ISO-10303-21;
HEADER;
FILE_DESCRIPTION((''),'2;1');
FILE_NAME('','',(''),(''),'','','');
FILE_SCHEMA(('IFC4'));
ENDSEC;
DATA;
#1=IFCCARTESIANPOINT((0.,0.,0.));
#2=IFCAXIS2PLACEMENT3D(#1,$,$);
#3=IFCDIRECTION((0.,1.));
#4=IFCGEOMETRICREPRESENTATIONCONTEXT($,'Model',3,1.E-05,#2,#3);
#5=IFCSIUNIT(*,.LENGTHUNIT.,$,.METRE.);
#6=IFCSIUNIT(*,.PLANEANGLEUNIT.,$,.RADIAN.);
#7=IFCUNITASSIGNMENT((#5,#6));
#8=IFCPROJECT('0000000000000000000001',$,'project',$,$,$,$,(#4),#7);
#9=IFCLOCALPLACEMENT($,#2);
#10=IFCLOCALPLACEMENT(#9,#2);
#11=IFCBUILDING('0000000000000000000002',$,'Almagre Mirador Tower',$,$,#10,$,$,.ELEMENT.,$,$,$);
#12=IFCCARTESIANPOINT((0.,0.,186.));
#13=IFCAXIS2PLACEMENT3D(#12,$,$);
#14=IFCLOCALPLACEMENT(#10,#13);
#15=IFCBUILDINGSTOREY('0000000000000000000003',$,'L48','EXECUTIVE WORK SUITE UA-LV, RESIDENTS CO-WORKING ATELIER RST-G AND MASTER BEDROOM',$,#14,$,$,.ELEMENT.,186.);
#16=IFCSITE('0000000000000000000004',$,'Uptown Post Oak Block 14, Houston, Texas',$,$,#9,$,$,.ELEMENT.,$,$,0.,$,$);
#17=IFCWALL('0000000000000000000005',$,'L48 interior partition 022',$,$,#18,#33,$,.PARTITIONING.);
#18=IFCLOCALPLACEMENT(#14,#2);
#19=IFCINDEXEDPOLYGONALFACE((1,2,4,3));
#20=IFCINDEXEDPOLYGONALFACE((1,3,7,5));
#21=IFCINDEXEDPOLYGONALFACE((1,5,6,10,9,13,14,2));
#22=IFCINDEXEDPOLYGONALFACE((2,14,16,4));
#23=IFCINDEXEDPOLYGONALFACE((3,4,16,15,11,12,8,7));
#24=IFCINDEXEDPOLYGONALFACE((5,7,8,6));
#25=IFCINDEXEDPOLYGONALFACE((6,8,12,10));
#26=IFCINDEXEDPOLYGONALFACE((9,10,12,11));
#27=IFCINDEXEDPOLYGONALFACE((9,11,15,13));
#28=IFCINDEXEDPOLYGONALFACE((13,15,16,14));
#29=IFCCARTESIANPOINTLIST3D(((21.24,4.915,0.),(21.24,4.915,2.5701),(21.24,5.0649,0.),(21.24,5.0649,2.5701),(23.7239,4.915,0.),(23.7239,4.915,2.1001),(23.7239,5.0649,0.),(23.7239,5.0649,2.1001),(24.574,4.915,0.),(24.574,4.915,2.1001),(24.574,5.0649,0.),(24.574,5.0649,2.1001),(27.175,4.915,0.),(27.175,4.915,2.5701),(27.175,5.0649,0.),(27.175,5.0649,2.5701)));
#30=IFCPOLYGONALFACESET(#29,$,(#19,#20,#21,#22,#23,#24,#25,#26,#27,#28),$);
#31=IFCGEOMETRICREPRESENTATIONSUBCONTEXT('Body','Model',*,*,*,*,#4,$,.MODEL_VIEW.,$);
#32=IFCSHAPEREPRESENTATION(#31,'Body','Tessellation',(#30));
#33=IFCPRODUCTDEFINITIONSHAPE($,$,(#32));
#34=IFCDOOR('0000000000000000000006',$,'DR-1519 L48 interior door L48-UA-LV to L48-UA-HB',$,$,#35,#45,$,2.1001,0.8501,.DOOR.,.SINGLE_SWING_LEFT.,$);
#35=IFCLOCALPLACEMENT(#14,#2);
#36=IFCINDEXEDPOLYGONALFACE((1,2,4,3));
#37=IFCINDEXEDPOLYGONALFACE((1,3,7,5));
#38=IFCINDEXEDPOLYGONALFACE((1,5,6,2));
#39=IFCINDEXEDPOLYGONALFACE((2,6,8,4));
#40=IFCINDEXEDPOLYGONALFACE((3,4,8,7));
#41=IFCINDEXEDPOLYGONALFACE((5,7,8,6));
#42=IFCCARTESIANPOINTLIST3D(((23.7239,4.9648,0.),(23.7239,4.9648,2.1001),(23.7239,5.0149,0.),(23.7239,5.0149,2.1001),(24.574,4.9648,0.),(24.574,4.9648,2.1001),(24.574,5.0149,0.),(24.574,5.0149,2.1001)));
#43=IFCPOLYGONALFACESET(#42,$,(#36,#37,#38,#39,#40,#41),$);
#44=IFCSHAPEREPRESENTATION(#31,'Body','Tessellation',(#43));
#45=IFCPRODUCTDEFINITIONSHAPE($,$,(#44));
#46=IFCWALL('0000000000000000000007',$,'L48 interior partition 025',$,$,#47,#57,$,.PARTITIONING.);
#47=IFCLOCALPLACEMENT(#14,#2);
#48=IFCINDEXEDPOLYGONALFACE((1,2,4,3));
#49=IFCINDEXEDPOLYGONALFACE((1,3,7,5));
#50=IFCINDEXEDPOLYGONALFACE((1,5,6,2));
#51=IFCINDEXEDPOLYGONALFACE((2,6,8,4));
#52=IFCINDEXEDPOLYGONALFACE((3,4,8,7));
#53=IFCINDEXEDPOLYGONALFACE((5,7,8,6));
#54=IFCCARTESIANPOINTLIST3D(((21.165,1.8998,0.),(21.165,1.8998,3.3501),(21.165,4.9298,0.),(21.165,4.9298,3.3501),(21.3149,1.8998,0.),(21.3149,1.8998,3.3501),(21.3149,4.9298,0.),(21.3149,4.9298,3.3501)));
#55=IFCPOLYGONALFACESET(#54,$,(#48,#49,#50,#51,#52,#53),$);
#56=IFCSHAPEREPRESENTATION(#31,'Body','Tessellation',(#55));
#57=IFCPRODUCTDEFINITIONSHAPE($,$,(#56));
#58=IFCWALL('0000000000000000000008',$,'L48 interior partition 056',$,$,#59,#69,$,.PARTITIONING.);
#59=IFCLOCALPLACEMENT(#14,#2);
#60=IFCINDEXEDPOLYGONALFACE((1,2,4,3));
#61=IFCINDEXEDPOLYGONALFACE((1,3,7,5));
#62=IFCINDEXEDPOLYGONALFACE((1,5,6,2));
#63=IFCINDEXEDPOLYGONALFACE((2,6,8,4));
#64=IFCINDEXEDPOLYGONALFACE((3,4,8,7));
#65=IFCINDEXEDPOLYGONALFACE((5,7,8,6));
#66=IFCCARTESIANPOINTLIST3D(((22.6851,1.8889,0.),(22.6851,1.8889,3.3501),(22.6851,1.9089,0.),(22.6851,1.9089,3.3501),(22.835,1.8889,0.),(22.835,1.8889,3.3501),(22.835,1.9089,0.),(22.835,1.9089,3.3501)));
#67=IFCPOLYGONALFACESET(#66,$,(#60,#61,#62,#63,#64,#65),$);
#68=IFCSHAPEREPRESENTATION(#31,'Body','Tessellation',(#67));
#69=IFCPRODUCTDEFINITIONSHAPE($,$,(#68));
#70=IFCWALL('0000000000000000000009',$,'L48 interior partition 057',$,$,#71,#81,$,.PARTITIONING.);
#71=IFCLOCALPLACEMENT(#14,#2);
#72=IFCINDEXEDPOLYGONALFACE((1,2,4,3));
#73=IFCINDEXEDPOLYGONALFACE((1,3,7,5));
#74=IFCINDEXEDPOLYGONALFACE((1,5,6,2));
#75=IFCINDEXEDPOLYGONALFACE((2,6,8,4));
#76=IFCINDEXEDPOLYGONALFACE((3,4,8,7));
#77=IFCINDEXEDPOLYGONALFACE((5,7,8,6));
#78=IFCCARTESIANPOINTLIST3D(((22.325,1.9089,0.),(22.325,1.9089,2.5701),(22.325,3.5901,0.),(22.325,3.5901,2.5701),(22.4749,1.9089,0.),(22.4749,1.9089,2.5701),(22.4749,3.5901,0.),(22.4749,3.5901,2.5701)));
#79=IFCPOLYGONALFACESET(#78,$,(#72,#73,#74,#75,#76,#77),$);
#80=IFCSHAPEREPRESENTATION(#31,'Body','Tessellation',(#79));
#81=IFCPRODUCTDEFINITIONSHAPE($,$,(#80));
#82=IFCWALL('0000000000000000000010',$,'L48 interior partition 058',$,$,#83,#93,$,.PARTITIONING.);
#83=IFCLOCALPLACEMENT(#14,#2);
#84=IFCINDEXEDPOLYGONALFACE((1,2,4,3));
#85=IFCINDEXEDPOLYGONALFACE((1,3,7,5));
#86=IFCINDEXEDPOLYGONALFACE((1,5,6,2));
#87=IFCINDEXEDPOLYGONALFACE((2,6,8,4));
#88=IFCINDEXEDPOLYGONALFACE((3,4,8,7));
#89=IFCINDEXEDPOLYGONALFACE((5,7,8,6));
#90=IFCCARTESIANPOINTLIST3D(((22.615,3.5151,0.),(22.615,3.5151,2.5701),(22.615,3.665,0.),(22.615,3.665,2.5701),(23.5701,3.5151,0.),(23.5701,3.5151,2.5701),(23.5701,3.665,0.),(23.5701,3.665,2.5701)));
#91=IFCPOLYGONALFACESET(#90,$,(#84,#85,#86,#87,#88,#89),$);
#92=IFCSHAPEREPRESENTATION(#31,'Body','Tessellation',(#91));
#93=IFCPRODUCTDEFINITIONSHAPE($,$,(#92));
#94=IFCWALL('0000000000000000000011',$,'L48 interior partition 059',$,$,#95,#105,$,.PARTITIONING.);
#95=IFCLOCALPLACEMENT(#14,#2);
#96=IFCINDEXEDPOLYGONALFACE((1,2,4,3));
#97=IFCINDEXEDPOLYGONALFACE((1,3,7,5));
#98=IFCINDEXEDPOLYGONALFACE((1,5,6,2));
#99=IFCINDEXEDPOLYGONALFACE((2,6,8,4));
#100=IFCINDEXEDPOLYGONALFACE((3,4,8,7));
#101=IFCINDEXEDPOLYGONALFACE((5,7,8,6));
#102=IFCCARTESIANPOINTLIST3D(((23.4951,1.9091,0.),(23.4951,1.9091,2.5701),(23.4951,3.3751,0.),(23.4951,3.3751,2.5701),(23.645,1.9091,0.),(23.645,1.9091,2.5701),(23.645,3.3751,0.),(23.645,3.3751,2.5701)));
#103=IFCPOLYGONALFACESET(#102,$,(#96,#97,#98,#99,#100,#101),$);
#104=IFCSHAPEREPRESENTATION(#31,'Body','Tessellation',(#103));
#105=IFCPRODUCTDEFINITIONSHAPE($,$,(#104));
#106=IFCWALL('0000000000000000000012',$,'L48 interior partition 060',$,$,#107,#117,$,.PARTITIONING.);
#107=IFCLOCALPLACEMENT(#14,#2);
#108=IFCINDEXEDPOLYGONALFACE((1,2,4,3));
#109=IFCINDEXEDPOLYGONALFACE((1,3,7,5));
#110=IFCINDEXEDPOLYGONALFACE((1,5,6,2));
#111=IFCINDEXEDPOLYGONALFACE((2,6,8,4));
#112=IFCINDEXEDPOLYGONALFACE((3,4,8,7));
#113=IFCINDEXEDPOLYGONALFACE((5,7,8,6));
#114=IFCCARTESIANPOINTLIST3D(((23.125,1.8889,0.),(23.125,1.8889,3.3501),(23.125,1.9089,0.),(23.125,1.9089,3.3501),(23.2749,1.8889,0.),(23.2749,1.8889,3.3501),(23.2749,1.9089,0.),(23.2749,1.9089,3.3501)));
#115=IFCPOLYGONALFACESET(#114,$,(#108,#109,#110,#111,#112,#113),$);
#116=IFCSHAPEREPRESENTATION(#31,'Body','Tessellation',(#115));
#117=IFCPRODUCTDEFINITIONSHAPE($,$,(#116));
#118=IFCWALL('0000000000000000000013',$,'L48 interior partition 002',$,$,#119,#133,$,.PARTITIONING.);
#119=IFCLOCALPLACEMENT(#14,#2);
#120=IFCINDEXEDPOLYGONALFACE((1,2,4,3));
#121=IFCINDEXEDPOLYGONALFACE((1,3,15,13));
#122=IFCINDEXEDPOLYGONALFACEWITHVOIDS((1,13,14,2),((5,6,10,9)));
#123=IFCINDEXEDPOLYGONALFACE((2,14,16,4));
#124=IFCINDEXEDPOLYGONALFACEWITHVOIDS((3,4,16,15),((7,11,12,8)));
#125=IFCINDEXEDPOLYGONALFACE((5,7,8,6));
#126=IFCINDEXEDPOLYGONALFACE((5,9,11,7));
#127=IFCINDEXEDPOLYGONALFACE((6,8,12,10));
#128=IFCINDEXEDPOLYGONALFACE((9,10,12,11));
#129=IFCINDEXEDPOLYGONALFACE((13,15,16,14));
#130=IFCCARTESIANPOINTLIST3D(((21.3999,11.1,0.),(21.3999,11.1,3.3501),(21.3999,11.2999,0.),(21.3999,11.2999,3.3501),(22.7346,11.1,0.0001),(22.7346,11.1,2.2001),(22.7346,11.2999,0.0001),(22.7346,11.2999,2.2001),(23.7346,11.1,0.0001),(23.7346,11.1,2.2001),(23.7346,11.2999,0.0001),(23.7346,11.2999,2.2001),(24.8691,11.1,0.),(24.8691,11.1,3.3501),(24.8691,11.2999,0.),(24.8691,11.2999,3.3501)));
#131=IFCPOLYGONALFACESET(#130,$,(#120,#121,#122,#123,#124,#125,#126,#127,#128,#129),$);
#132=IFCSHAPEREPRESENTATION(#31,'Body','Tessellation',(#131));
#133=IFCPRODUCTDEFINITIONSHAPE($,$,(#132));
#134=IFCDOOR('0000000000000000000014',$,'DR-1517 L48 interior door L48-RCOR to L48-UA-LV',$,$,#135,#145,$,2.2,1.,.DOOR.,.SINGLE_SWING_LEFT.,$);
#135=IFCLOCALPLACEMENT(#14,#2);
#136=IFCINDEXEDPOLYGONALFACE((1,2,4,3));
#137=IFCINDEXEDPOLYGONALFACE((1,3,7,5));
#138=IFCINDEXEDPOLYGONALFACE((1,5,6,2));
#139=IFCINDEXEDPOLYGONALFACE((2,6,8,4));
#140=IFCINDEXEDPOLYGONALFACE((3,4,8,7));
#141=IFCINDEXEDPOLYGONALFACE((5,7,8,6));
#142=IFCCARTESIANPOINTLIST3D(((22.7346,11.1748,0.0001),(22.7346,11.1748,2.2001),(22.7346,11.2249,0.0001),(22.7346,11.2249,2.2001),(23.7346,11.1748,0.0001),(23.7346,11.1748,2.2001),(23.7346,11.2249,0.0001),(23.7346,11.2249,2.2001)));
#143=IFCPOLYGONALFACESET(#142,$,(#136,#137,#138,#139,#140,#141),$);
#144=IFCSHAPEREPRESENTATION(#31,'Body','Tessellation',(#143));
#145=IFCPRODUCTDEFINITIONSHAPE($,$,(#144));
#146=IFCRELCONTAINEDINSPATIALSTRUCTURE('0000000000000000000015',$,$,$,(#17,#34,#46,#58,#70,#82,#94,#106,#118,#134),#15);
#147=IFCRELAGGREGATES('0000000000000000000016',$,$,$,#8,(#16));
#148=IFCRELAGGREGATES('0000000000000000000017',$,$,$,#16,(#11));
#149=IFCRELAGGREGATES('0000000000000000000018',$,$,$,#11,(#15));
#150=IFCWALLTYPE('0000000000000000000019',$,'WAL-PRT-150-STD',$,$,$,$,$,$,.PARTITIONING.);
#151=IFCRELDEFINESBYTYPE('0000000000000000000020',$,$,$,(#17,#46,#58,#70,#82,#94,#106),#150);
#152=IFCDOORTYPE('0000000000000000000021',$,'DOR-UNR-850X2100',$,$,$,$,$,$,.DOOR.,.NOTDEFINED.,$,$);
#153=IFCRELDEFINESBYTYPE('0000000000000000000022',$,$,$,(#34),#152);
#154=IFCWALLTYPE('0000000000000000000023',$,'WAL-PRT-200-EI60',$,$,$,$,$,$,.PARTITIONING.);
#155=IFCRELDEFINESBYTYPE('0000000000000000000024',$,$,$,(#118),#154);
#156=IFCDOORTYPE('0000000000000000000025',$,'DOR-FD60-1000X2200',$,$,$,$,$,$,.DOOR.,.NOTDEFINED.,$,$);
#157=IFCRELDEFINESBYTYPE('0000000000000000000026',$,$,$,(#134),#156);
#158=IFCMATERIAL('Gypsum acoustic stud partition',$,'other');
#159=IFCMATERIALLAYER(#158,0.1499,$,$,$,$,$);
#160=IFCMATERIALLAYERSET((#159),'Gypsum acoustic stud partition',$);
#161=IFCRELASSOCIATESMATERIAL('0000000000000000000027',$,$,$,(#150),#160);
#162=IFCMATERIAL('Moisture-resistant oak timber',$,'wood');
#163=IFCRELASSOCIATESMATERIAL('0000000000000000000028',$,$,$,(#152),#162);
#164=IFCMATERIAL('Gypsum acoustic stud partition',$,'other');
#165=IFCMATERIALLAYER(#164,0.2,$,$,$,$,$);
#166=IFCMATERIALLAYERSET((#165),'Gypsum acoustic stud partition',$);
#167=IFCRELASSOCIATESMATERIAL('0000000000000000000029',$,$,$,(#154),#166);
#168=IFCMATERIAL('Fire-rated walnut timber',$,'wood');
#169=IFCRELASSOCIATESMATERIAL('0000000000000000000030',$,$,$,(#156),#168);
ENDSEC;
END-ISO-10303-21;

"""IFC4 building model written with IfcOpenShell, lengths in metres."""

from ifc_helpers import new_model, si_unit, direction, frame, frame_2d, origin, place, context, subcontext, project, spatial, rectangle, extrude, material, layer, layer_set, type_object, element, fill, save


model = new_model("IFC4")

# Units and contexts
model_context = context("Model", 3, precision=1e-05, world=origin(), true_north=direction((0.0, 1.0)))
body_context = subcontext(model_context, "Body", "Model", "MODEL_VIEW")
ifc_project = project(units=[si_unit("LENGTHUNIT", "METRE"), si_unit("PLANEANGLEUNIT", "RADIAN")], contexts=[model_context])

# Site, building, storey
site_placement = place(None, origin())
site = spatial("IfcSite", under=ifc_project, at=site_placement, Name="Uptown Post Oak Block 14, Houston, Texas", CompositionType="ELEMENT", RefElevation=0.0)
building_placement = place(site_placement, origin())
building = spatial("IfcBuilding", under=site, at=building_placement, Name="Almagre Mirador Tower", CompositionType="ELEMENT")
storey_placement = place(building_placement, frame((0.0, 0.0, 186.0)))
storey = spatial("IfcBuildingStorey", under=building, at=storey_placement, Name="L48", Description="EXECUTIVE WORK SUITE UA-LV, RESIDENTS CO-WORKING ATELIER RST-G AND MASTER BEDROOM", CompositionType="ELEMENT", Elevation=186.0)

# Wall, opening, door
ifc_material_1 = material(Name="Gypsum acoustic stud partition", Category="other")
ifc_layer_1 = layer(ifc_material_1, 0.1499)
ifc_layer_set_1 = layer_set([ifc_layer_1], Name="Gypsum acoustic stud partition")
wall_type_1 = type_object("IfcWallType", Name="WAL-PRT-150-STD", PredefinedType="PARTITIONING", material=ifc_layer_set_1)
wall_1_placement = place(storey_placement, frame((21.24, 4.99, 0.0), z_axis=(0.0, 0.0, 1.0), x_axis=(1.0, 0.0, 0.0)))
wall_1 = element("IfcWall", 1, at=wall_1_placement, inside=storey, type_object=wall_type_1, Name="L48 interior partition 022", PredefinedType="PARTITIONING", context=body_context, shape_type="SweptSolid", body=[
    extrude(rectangle(XDim=5.9351, YDim=0.1499, at=frame_2d((2.9675, 0.0))), origin(), (0.0, 0.0, 1.0), 2.5701),
])
opening_1_placement = place(wall_1_placement, frame((2.4839, 0.0, 0.0)))
opening_1 = element("IfcOpeningElement", 2, at=opening_1_placement, cuts=wall_1, PredefinedType="OPENING", context=body_context, shape_type="SweptSolid", body=[
    extrude(rectangle(XDim=0.8501, YDim=2.1001, at=frame_2d((0.425, 1.05))), frame((0.0, 0.085, 0.0), z_axis=(0.0, -1.0, 0.0), x_axis=(1.0, 0.0, 0.0)), (0.0, 0.0, 1.0), 0.1699),
])
ifc_material_2 = material(Name="Moisture-resistant oak timber", Category="wood")
door_type_1 = type_object("IfcDoorType", Name="DOR-UNR-850X2100", OperationType="NOTDEFINED", PredefinedType="DOOR", material=ifc_material_2)
door_1_placement = place(opening_1_placement, origin())
door_1 = element("IfcDoor", 3, at=door_1_placement, inside=storey, type_object=door_type_1, Name="DR-1519 L48 interior door L48-UA-LV to L48-UA-HB", OperationType="SINGLE_SWING_LEFT", OverallHeight=2.1001, OverallWidth=0.8501, PredefinedType="DOOR", context=body_context, shape_type="SweptSolid", body=[
    extrude(rectangle(XDim=0.8501, YDim=2.1001, at=frame_2d((0.425, 1.05))), frame((0.0, 0.0249, 0.0), z_axis=(0.0, -1.0, 0.0), x_axis=(1.0, 0.0, 0.0)), (0.0, 0.0, 1.0), 0.05),
])
fill(opening_1, door_1)

# Walls
wall_2_placement = place(storey_placement, frame((21.24, 4.9299, 0.0), z_axis=(0.0, 0.0, 1.0), x_axis=(0.0, -1.0, 0.0)))
element("IfcWall", 4, at=wall_2_placement, inside=storey, type_object=wall_type_1, Name="L48 interior partition 025", PredefinedType="PARTITIONING", context=body_context, shape_type="SweptSolid", body=[
    extrude(rectangle(XDim=3.03, YDim=0.1499, at=frame_2d((1.5151, 0.0))), origin(), (0.0, 0.0, 1.0), 3.3501),
])
wall_3_placement = place(storey_placement, frame((22.76, 1.8889, 0.0), z_axis=(0.0, 0.0, 1.0), x_axis=(0.0, 1.0, 0.0)))
element("IfcWall", 5, at=wall_3_placement, inside=storey, type_object=wall_type_1, Name="L48 interior partition 056", PredefinedType="PARTITIONING", context=body_context, shape_type="SweptSolid", body=[
    extrude(rectangle(XDim=0.02, YDim=0.1499, at=frame_2d((0.01, 0.0))), origin(), (0.0, 0.0, 1.0), 3.3501),
])
wall_4_placement = place(storey_placement, frame((22.3999, 1.9089, 0.0), z_axis=(0.0, 0.0, 1.0), x_axis=(0.0, 1.0, 0.0)))
element("IfcWall", 6, at=wall_4_placement, inside=storey, type_object=wall_type_1, Name="L48 interior partition 057", PredefinedType="PARTITIONING", context=body_context, shape_type="SweptSolid", body=[
    extrude(rectangle(XDim=1.6812, YDim=0.1499, at=frame_2d((0.8406, 0.0))), origin(), (0.0, 0.0, 1.0), 2.5701),
])
wall_5_placement = place(storey_placement, frame((22.615, 3.5901, 0.0), z_axis=(0.0, 0.0, 1.0), x_axis=(1.0, 0.0, 0.0)))
element("IfcWall", 7, at=wall_5_placement, inside=storey, type_object=wall_type_1, Name="L48 interior partition 058", PredefinedType="PARTITIONING", context=body_context, shape_type="SweptSolid", body=[
    extrude(rectangle(XDim=0.9551, YDim=0.1499, at=frame_2d((0.4775, 0.0))), origin(), (0.0, 0.0, 1.0), 2.5701),
])
wall_6_placement = place(storey_placement, frame((23.5701, 3.375, 0.0), z_axis=(0.0, 0.0, 1.0), x_axis=(0.0, -1.0, 0.0)))
element("IfcWall", 8, at=wall_6_placement, inside=storey, type_object=wall_type_1, Name="L48 interior partition 059", PredefinedType="PARTITIONING", context=body_context, shape_type="SweptSolid", body=[
    extrude(rectangle(XDim=1.4661, YDim=0.1499, at=frame_2d((0.7329, 0.0))), origin(), (0.0, 0.0, 1.0), 2.5701),
])
wall_7_placement = place(storey_placement, frame((23.2, 1.9089, 0.0), z_axis=(0.0, 0.0, 1.0), x_axis=(0.0, -1.0, 0.0)))
element("IfcWall", 9, at=wall_7_placement, inside=storey, type_object=wall_type_1, Name="L48 interior partition 060", PredefinedType="PARTITIONING", context=body_context, shape_type="SweptSolid", body=[
    extrude(rectangle(XDim=0.02, YDim=0.1499, at=frame_2d((0.01, 0.0))), origin(), (0.0, 0.0, 1.0), 3.3501),
])

# Wall, opening, door
ifc_material_3 = material(Name="Gypsum acoustic stud partition", Category="other")
ifc_layer_2 = layer(ifc_material_3, 0.2)
ifc_layer_set_2 = layer_set([ifc_layer_2], Name="Gypsum acoustic stud partition")
wall_type_2 = type_object("IfcWallType", Name="WAL-PRT-200-EI60", PredefinedType="PARTITIONING", material=ifc_layer_set_2)
wall_8_placement = place(storey_placement, frame((21.3999, 11.2, 0.0), z_axis=(0.0, 0.0, 1.0), x_axis=(1.0, 0.0, 0.0)))
wall_8 = element("IfcWall", 10, at=wall_8_placement, inside=storey, type_object=wall_type_2, Name="L48 interior partition 002", PredefinedType="PARTITIONING", context=body_context, shape_type="SweptSolid", body=[
    extrude(rectangle(XDim=3.4692, YDim=0.2, at=frame_2d((1.7346, 0.0))), origin(), (0.0, 0.0, 1.0), 3.3501),
])
opening_2_placement = place(wall_8_placement, frame((1.3347, 0.0, 0.0)))
opening_2 = element("IfcOpeningElement", 11, at=opening_2_placement, cuts=wall_8, PredefinedType="OPENING", context=body_context, shape_type="SweptSolid", body=[
    extrude(rectangle(XDim=1.0, YDim=2.2, at=frame_2d((0.5, 1.1001))), frame((0.0, 0.1101, 0.0), z_axis=(0.0, -1.0, 0.0), x_axis=(1.0, 0.0, 0.0)), (0.0, 0.0, 1.0), 0.22),
])
ifc_material_4 = material(Name="Fire-rated walnut timber", Category="wood")
door_type_2 = type_object("IfcDoorType", Name="DOR-FD60-1000X2200", OperationType="NOTDEFINED", PredefinedType="DOOR", material=ifc_material_4)
door_2_placement = place(opening_2_placement, origin())
door_2 = element("IfcDoor", 12, at=door_2_placement, inside=storey, type_object=door_type_2, Name="DR-1517 L48 interior door L48-RCOR to L48-UA-LV", OperationType="SINGLE_SWING_LEFT", OverallHeight=2.2, OverallWidth=1.0, PredefinedType="DOOR", context=body_context, shape_type="SweptSolid", body=[
    extrude(rectangle(XDim=1.0, YDim=2.2, at=frame_2d((0.5, 1.1001))), frame((0.0, 0.0249, 0.0), z_axis=(0.0, -1.0, 0.0), x_axis=(1.0, 0.0, 0.0)), (0.0, 0.0, 1.0), 0.05),
])
fill(opening_2, door_2)

save(model, "model.ifc")
